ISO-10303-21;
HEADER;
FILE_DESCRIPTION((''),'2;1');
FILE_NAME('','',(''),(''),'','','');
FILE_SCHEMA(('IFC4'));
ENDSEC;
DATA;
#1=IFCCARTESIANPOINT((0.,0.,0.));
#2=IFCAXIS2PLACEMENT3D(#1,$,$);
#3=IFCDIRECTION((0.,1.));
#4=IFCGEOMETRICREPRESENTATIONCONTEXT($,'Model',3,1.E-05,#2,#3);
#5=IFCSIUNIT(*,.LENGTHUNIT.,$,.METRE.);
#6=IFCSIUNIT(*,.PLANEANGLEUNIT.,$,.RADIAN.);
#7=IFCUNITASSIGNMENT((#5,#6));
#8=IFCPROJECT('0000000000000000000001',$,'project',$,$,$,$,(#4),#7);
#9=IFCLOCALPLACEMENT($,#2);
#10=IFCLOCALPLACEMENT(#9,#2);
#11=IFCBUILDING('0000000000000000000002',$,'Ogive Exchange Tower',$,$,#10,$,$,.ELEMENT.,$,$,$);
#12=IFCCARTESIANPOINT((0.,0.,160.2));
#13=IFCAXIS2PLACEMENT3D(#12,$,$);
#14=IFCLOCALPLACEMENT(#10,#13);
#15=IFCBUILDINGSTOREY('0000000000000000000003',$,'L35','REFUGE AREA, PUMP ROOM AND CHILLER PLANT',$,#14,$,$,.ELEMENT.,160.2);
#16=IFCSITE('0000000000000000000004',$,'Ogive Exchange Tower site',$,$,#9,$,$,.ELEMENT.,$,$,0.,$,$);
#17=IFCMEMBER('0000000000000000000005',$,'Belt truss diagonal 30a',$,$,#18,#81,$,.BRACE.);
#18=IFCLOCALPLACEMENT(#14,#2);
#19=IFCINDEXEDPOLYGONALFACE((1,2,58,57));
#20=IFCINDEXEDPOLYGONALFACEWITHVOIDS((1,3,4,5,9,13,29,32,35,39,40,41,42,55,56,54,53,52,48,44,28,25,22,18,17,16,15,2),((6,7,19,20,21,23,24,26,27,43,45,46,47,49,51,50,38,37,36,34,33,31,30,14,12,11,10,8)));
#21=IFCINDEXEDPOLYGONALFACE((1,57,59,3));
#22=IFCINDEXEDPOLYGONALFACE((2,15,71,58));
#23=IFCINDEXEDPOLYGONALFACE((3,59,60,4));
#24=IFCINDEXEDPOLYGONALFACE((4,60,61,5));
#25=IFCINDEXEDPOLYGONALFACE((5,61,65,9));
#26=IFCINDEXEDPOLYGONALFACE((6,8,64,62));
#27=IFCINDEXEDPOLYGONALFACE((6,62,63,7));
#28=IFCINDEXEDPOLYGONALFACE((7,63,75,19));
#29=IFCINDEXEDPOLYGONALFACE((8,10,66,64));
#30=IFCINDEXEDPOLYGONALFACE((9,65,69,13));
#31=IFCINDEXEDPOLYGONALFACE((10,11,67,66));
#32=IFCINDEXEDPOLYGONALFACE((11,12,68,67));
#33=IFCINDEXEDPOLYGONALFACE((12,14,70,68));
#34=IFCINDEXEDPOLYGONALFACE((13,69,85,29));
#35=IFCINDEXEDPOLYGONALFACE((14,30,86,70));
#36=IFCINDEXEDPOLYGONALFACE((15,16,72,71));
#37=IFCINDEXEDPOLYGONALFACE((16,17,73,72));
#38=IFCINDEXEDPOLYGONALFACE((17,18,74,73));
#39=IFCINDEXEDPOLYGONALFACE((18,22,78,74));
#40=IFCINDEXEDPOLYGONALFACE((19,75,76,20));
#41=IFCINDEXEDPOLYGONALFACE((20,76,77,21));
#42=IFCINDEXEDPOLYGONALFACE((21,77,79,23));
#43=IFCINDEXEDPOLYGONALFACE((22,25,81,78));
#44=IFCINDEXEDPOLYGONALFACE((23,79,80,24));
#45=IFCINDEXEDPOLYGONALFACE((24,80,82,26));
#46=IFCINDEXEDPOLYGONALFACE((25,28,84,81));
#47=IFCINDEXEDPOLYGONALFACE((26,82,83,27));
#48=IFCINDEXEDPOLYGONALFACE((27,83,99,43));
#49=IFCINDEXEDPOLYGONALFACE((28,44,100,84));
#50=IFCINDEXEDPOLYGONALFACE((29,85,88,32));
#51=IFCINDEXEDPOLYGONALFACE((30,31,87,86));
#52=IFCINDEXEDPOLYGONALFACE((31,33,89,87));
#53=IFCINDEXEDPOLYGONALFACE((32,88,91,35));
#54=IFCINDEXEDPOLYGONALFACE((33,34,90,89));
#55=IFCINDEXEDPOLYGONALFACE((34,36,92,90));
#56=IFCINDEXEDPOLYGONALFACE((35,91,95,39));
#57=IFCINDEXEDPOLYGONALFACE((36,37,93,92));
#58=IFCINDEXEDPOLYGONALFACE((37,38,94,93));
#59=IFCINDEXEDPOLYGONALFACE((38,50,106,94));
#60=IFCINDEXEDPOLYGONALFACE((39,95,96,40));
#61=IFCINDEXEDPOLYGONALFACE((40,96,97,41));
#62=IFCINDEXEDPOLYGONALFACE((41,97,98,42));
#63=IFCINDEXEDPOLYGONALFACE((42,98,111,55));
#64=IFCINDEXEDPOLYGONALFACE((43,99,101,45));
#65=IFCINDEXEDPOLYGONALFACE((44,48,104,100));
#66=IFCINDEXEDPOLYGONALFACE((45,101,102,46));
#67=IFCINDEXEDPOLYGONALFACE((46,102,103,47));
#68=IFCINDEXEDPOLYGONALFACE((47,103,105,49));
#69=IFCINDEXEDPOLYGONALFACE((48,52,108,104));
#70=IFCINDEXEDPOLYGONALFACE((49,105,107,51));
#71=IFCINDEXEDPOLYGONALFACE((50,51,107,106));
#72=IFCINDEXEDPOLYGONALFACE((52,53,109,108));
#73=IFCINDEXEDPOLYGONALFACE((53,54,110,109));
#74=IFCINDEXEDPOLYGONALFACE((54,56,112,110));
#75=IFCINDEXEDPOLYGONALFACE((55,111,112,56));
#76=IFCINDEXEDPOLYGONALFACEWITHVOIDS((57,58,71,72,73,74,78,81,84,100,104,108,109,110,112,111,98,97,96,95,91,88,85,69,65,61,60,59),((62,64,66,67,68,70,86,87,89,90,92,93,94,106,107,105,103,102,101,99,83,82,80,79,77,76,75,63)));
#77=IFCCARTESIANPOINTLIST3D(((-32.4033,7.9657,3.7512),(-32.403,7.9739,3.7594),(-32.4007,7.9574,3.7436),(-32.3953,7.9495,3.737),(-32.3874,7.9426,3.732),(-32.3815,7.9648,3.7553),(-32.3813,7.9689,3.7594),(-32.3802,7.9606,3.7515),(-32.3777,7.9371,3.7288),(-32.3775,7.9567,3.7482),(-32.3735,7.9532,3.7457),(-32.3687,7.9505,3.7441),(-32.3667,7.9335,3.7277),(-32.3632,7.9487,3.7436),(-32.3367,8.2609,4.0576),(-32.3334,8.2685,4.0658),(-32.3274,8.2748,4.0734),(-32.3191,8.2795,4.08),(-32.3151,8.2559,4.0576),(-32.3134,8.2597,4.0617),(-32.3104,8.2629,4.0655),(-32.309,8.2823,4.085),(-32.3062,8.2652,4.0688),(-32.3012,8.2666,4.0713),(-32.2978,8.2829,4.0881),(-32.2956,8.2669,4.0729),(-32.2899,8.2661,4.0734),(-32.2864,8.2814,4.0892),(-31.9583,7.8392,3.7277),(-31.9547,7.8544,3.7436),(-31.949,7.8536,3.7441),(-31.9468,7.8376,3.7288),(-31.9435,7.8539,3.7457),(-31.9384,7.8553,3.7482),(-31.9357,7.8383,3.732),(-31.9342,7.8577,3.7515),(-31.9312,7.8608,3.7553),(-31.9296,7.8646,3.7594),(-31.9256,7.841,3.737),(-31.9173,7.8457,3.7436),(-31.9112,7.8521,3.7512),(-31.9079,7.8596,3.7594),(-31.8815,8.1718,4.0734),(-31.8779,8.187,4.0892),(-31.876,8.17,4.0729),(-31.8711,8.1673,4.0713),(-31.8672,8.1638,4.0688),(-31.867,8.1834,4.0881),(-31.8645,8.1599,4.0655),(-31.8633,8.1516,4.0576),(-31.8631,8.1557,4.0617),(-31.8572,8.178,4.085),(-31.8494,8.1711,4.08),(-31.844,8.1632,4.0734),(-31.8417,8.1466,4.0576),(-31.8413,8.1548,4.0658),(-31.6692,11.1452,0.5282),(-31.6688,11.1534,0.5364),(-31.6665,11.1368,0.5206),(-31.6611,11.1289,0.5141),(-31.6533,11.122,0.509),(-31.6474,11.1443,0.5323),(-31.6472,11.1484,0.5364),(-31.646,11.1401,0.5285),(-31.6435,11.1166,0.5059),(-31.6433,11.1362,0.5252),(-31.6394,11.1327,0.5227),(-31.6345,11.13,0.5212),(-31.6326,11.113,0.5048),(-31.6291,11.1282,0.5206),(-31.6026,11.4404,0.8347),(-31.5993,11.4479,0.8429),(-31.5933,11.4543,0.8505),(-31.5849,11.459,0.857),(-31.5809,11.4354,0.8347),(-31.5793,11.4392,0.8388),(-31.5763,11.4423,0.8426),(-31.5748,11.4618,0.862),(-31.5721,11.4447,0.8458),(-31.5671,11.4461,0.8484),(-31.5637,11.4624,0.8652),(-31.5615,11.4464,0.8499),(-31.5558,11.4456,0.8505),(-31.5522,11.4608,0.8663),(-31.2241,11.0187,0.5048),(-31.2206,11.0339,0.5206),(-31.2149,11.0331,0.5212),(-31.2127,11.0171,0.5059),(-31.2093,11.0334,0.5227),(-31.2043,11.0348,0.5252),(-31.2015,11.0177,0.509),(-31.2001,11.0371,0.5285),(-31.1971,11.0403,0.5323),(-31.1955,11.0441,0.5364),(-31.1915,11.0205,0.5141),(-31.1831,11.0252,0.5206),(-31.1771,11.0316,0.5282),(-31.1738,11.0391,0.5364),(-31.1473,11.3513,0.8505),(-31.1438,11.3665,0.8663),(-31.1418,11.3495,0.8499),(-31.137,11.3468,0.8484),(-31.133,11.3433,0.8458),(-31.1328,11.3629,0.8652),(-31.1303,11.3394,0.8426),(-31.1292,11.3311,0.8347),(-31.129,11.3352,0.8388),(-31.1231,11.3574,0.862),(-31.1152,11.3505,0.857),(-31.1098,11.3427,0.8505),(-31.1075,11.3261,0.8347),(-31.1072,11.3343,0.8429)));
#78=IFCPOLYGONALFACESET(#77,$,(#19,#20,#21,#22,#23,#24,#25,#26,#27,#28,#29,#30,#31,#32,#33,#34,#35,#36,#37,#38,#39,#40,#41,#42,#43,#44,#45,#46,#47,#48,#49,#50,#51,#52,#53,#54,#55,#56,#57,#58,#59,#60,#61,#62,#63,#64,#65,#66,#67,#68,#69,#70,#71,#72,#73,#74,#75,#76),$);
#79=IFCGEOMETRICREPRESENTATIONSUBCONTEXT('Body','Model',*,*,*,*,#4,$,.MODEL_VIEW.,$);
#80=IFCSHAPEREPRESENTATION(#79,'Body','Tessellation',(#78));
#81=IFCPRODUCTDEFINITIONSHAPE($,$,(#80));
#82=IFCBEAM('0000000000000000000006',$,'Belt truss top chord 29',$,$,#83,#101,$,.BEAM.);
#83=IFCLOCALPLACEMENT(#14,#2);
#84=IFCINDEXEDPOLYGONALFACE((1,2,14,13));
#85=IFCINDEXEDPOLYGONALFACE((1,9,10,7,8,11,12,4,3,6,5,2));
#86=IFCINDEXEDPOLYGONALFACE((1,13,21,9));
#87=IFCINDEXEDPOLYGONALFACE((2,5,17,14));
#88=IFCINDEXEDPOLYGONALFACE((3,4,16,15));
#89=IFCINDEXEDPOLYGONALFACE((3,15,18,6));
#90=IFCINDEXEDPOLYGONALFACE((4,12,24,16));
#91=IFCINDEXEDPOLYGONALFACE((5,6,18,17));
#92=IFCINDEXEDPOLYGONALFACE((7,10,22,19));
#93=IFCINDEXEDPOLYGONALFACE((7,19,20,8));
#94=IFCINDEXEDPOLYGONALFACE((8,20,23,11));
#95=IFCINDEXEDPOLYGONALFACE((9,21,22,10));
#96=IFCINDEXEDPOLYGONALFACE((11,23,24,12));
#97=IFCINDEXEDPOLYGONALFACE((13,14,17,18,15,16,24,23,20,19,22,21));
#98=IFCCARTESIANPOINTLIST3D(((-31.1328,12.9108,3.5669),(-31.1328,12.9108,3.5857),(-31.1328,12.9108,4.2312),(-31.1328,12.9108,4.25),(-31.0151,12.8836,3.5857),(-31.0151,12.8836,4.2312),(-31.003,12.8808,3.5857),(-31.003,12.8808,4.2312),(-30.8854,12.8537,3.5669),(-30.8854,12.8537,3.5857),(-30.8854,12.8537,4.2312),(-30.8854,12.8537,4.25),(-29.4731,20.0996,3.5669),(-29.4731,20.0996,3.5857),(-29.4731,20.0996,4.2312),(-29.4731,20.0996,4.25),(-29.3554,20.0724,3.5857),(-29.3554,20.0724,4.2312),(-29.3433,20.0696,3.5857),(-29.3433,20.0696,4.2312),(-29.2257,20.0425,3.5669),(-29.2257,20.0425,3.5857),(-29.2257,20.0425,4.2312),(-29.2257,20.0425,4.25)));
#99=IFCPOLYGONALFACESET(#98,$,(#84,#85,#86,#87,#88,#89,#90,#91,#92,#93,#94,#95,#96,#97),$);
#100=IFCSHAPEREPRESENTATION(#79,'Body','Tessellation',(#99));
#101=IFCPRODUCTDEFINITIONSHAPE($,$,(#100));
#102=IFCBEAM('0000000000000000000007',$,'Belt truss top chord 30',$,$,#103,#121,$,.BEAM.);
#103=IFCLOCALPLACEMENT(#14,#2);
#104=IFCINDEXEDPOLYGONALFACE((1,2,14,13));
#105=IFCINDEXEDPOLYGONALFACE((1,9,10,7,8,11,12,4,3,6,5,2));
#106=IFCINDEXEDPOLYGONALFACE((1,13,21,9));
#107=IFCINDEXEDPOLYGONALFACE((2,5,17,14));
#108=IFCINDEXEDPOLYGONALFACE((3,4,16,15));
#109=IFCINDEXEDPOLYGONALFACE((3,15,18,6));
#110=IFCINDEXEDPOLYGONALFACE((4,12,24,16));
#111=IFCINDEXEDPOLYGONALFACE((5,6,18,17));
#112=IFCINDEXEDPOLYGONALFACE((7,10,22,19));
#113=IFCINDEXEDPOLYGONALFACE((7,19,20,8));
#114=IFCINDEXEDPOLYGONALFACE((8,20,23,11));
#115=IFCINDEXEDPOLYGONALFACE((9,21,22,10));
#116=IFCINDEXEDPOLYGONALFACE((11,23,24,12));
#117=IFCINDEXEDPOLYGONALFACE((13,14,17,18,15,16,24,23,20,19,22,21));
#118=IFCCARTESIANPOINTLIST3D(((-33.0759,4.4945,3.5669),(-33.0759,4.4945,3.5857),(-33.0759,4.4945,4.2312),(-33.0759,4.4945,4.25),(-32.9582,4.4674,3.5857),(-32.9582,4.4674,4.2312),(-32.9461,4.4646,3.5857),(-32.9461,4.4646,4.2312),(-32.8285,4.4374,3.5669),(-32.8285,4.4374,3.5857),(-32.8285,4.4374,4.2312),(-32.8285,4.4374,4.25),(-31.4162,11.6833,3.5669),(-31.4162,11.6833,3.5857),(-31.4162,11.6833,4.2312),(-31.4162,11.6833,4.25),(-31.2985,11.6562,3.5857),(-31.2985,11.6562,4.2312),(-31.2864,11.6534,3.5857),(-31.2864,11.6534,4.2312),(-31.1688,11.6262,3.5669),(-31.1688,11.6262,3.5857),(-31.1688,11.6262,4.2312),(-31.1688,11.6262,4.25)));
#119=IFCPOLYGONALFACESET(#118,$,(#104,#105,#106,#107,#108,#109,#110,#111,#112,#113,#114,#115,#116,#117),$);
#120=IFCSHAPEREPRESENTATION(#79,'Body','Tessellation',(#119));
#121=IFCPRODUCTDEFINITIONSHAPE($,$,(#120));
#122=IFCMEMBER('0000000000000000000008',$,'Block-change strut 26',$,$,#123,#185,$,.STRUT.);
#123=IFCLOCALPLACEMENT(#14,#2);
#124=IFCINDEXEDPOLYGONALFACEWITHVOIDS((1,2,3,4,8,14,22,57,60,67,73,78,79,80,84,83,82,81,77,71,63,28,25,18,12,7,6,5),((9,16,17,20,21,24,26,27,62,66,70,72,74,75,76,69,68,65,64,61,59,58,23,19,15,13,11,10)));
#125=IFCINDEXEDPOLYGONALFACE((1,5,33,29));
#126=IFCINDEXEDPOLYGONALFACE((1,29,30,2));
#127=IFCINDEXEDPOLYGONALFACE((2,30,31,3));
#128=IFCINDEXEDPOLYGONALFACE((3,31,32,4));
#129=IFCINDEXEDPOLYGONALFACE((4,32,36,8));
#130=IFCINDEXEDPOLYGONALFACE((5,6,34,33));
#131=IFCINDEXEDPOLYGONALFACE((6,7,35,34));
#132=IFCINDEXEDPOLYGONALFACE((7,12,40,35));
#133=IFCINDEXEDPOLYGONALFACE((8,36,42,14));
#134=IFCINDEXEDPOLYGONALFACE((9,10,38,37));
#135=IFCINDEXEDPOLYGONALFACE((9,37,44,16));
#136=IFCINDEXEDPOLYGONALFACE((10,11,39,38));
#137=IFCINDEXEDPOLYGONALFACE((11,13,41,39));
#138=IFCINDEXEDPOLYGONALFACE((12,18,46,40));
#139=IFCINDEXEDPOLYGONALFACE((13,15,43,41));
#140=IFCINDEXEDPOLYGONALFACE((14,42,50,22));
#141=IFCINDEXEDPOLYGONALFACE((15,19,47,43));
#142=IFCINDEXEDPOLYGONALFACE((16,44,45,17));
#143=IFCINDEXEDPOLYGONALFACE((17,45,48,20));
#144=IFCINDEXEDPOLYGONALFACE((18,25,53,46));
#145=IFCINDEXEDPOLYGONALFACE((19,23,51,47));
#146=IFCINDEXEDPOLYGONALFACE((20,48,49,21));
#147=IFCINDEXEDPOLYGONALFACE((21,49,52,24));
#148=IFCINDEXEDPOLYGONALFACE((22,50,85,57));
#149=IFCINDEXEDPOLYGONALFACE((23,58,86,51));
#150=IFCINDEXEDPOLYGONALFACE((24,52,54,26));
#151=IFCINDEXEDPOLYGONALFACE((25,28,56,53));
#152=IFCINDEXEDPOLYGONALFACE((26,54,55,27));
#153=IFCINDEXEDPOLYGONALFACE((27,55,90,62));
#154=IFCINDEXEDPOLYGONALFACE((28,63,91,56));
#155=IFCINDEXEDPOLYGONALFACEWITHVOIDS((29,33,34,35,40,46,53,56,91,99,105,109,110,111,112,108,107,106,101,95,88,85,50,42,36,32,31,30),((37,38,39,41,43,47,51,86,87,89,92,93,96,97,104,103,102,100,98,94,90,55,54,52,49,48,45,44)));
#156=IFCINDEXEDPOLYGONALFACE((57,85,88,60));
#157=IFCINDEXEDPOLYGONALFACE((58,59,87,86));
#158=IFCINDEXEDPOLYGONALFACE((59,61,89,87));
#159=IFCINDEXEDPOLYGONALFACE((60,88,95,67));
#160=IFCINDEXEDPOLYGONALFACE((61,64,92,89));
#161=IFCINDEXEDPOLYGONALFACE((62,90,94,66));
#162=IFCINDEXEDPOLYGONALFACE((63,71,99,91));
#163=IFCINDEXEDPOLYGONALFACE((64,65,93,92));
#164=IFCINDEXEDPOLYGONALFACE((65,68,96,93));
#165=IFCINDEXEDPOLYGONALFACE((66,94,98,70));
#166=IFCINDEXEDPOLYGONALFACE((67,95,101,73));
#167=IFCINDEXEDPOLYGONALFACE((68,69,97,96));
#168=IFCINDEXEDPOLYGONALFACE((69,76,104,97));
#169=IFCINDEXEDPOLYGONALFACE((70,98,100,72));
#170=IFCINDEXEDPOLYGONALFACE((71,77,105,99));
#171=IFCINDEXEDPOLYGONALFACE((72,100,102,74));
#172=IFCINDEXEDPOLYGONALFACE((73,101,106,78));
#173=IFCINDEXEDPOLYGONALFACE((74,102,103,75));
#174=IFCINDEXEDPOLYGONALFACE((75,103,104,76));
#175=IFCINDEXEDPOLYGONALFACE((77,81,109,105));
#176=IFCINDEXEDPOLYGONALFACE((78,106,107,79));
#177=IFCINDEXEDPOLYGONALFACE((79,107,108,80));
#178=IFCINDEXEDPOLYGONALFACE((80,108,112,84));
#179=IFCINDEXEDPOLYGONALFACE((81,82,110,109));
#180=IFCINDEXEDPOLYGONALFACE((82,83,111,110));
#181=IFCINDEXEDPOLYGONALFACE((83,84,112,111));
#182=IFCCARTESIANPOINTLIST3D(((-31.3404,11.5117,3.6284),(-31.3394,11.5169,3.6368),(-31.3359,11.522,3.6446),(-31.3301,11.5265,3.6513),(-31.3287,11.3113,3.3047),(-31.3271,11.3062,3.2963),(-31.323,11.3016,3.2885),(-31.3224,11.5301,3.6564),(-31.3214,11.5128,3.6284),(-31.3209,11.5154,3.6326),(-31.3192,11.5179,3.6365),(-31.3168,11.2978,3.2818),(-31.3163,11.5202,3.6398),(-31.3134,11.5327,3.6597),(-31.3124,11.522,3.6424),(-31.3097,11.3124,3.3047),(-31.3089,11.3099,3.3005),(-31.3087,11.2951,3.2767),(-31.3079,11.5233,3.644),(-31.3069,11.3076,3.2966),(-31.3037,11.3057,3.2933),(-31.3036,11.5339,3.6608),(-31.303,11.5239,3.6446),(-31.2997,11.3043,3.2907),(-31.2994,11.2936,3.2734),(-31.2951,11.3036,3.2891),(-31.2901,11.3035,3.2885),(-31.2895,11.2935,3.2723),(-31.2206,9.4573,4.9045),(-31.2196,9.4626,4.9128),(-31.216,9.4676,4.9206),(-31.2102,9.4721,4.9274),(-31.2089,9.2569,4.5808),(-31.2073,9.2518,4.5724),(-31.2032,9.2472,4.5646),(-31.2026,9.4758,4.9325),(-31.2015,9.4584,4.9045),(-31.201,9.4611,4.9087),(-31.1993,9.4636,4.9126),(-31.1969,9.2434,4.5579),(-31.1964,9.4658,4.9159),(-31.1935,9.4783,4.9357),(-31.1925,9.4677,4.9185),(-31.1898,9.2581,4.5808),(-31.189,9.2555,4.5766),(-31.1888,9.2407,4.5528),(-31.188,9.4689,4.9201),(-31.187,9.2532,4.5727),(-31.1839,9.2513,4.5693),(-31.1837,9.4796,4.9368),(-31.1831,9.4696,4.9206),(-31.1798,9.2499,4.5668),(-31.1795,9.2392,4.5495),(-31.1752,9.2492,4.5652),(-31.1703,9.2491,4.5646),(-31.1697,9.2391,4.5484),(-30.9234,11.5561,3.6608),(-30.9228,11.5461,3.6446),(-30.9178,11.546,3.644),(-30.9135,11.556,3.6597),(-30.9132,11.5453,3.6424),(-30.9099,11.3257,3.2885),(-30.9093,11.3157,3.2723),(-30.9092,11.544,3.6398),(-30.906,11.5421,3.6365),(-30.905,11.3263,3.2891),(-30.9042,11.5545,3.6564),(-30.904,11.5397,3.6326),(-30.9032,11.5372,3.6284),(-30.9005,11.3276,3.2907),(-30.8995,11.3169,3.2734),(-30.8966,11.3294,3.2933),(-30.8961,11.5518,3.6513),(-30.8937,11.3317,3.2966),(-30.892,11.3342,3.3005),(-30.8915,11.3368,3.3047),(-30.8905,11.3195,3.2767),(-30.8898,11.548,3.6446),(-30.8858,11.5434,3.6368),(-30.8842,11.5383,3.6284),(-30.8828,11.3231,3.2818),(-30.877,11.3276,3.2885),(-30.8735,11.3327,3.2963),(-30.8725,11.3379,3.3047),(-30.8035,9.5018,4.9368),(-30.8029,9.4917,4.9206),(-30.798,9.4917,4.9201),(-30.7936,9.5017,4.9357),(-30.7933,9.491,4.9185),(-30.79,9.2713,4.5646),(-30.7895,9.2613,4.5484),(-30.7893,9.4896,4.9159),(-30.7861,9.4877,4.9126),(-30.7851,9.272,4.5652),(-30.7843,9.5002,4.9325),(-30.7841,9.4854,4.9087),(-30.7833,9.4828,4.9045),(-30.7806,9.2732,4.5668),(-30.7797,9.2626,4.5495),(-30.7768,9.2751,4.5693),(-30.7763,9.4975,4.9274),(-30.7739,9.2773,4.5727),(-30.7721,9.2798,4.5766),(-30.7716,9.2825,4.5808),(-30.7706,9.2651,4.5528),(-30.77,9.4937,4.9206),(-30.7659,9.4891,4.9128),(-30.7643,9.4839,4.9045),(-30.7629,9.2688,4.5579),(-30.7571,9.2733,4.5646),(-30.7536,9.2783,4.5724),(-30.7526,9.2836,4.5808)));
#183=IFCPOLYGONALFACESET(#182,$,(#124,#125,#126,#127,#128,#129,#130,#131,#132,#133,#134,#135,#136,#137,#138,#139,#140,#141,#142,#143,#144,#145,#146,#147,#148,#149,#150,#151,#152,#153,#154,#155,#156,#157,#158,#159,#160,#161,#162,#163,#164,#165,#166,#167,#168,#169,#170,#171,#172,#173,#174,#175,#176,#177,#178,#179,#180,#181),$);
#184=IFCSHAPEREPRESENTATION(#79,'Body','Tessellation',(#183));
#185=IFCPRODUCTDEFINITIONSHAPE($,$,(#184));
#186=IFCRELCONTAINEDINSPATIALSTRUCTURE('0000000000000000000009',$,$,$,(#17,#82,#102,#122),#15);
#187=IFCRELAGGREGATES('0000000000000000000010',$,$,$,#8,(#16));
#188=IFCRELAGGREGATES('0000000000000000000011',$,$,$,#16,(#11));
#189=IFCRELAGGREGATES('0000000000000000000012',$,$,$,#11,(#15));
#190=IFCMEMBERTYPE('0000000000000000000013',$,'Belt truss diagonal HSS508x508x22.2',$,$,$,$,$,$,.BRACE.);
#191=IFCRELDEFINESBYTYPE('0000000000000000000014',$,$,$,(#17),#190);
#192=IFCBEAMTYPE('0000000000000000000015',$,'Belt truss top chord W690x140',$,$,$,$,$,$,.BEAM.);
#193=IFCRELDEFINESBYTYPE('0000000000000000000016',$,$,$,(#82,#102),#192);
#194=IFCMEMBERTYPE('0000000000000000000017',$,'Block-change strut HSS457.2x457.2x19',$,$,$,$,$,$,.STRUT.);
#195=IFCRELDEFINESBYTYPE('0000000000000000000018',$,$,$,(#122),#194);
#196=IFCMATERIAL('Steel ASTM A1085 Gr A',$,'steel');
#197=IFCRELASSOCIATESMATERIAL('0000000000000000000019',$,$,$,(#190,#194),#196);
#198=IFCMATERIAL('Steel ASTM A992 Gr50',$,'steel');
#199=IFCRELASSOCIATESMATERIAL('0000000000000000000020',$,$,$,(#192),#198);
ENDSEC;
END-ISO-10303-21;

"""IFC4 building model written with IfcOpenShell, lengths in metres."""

from ifc_helpers import new_model, si_unit, direction, frame, origin, origin_2d, place, context, subcontext, project, spatial, hollow_rectangle, i_section, extrude, material, material_profile, profile_set, type_object, element, save


model = new_model("IFC4")

# Units and contexts
model_context = context("Model", 3, precision=1e-05, world=origin(), true_north=direction((0.0, 1.0)))
body_context = subcontext(model_context, "Body", "Model", "MODEL_VIEW")
ifc_project = project(units=[si_unit("LENGTHUNIT", "METRE"), si_unit("PLANEANGLEUNIT", "RADIAN")], contexts=[model_context])

# Site, building, storey
site_placement = place(None, origin())
site = spatial("IfcSite", under=ifc_project, at=site_placement, Name="Ogive Exchange Tower site", CompositionType="ELEMENT", RefElevation=0.0)
building_placement = place(site_placement, origin())
building = spatial("IfcBuilding", under=site, at=building_placement, Name="Ogive Exchange Tower", CompositionType="ELEMENT")
storey_placement = place(building_placement, frame((0.0, 0.0, 160.2)))
storey = spatial("IfcBuildingStorey", under=building, at=storey_placement, Name="L35", Description="REFUGE AREA, PUMP ROOM AND CHILLER PLANT", CompositionType="ELEMENT", Elevation=160.2)

# Shared definitions
ifc_material_1 = material(Name="Steel ASTM A992 Gr50", Category="steel")

# Member
ifc_material_2 = material(Name="Steel ASTM A1085 Gr A", Category="steel")
ifc_material_profile_1 = material_profile(ifc_material_2, hollow_rectangle(XDim=0.5081, YDim=0.5081, WallThickness=0.0222, InnerFilletRadius=0.0222, OuterFilletRadius=0.0444, at=origin_2d()), Name="HSS508x508x22.2")
ifc_profile_set_1 = profile_set([ifc_material_profile_1], Name="Steel ASTM A1085 Gr A")
member_type_1 = type_object("IfcMemberType", Name="Belt truss diagonal HSS508x508x22.2", PredefinedType="BRACE", material=ifc_profile_set_1)
member_1_placement = place(storey_placement, frame((-31.3882, 11.2397, 0.6855), z_axis=(-0.160068, -0.693236, 0.702711), x_axis=(0.974363, -0.22498, 0.0)))
element("IfcMember", 1, at=member_1_placement, inside=storey, type_object=member_type_1, Name="Belt truss diagonal 30a", PredefinedType="BRACE", context=body_context, shape_type="SweptSolid", body=[
    extrude(hollow_rectangle(XDim=0.5081, YDim=0.5081, WallThickness=0.0222, InnerFilletRadius=0.0222, OuterFilletRadius=0.0444, at=origin_2d()), origin(), (0.0, 0.0, 1.0), 4.5864),
])

# Beams
ifc_material_profile_2 = material_profile(ifc_material_1, i_section(OverallWidth=0.2539, OverallDepth=0.6831, WebThickness=0.0125, FlangeThickness=0.0188, at=origin_2d()), Name="W690x140")
ifc_profile_set_2 = profile_set([ifc_material_profile_2], Name="Steel ASTM A992 Gr50")
beam_type_1 = type_object("IfcBeamType", Name="Belt truss top chord W690x140", PredefinedType="BEAM", material=ifc_profile_set_2)
for number, where, z_axis, x_axis, name in (
    (2, (-29.3494, 20.071, 3.9084), (-0.224954, -0.974369, 0.0), (0.974369, -0.224954, 0.0), "Belt truss top chord 29"),
    (3, (-31.2925, 11.6548, 3.9084), (-0.224954, -0.974369, 0.0), (0.974369, -0.224954, 0.0), "Belt truss top chord 30"),
):
    element("IfcBeam", number, at=place(storey_placement, frame(where, z_axis=z_axis, x_axis=x_axis)), inside=storey, type_object=beam_type_1, Name=name, PredefinedType="BEAM", context=body_context, shape_type="SweptSolid", body=[
        extrude(i_section(OverallWidth=0.2539, OverallDepth=0.6831, WebThickness=0.0125, FlangeThickness=0.0188, at=origin_2d()), origin(), (0.0, 0.0, 1.0), 7.3779),
    ])

# Member
ifc_material_profile_3 = material_profile(ifc_material_2, hollow_rectangle(XDim=0.457, YDim=0.457, WallThickness=0.019, InnerFilletRadius=0.019, OuterFilletRadius=0.0381, at=origin_2d()), Name="HSS457.2x457.2x19")
ifc_profile_set_3 = profile_set([ifc_material_profile_3], Name="Steel ASTM A1085 Gr A")
member_type_2 = type_object("IfcMemberType", Name="Block-change strut HSS457.2x457.2x19", PredefinedType="STRUT", material=ifc_profile_set_3)
member_2_placement = place(storey_placement, frame((-31.1064, 11.4248, 3.4666), z_axis=(0.049504, -0.848422, 0.527), x_axis=(0.998302, 0.058249, 0.0)))
element("IfcMember", 4, at=member_2_placement, inside=storey, type_object=member_type_2, Name="Block-change strut 26", PredefinedType="STRUT", context=body_context, shape_type="SweptSolid", body=[
    extrude(hollow_rectangle(XDim=0.457, YDim=0.457, WallThickness=0.019, InnerFilletRadius=0.019, OuterFilletRadius=0.0381, at=origin_2d()), origin(), (0.0, 0.0, 1.0), 2.4214),
])

save(model, "model.ifc")
